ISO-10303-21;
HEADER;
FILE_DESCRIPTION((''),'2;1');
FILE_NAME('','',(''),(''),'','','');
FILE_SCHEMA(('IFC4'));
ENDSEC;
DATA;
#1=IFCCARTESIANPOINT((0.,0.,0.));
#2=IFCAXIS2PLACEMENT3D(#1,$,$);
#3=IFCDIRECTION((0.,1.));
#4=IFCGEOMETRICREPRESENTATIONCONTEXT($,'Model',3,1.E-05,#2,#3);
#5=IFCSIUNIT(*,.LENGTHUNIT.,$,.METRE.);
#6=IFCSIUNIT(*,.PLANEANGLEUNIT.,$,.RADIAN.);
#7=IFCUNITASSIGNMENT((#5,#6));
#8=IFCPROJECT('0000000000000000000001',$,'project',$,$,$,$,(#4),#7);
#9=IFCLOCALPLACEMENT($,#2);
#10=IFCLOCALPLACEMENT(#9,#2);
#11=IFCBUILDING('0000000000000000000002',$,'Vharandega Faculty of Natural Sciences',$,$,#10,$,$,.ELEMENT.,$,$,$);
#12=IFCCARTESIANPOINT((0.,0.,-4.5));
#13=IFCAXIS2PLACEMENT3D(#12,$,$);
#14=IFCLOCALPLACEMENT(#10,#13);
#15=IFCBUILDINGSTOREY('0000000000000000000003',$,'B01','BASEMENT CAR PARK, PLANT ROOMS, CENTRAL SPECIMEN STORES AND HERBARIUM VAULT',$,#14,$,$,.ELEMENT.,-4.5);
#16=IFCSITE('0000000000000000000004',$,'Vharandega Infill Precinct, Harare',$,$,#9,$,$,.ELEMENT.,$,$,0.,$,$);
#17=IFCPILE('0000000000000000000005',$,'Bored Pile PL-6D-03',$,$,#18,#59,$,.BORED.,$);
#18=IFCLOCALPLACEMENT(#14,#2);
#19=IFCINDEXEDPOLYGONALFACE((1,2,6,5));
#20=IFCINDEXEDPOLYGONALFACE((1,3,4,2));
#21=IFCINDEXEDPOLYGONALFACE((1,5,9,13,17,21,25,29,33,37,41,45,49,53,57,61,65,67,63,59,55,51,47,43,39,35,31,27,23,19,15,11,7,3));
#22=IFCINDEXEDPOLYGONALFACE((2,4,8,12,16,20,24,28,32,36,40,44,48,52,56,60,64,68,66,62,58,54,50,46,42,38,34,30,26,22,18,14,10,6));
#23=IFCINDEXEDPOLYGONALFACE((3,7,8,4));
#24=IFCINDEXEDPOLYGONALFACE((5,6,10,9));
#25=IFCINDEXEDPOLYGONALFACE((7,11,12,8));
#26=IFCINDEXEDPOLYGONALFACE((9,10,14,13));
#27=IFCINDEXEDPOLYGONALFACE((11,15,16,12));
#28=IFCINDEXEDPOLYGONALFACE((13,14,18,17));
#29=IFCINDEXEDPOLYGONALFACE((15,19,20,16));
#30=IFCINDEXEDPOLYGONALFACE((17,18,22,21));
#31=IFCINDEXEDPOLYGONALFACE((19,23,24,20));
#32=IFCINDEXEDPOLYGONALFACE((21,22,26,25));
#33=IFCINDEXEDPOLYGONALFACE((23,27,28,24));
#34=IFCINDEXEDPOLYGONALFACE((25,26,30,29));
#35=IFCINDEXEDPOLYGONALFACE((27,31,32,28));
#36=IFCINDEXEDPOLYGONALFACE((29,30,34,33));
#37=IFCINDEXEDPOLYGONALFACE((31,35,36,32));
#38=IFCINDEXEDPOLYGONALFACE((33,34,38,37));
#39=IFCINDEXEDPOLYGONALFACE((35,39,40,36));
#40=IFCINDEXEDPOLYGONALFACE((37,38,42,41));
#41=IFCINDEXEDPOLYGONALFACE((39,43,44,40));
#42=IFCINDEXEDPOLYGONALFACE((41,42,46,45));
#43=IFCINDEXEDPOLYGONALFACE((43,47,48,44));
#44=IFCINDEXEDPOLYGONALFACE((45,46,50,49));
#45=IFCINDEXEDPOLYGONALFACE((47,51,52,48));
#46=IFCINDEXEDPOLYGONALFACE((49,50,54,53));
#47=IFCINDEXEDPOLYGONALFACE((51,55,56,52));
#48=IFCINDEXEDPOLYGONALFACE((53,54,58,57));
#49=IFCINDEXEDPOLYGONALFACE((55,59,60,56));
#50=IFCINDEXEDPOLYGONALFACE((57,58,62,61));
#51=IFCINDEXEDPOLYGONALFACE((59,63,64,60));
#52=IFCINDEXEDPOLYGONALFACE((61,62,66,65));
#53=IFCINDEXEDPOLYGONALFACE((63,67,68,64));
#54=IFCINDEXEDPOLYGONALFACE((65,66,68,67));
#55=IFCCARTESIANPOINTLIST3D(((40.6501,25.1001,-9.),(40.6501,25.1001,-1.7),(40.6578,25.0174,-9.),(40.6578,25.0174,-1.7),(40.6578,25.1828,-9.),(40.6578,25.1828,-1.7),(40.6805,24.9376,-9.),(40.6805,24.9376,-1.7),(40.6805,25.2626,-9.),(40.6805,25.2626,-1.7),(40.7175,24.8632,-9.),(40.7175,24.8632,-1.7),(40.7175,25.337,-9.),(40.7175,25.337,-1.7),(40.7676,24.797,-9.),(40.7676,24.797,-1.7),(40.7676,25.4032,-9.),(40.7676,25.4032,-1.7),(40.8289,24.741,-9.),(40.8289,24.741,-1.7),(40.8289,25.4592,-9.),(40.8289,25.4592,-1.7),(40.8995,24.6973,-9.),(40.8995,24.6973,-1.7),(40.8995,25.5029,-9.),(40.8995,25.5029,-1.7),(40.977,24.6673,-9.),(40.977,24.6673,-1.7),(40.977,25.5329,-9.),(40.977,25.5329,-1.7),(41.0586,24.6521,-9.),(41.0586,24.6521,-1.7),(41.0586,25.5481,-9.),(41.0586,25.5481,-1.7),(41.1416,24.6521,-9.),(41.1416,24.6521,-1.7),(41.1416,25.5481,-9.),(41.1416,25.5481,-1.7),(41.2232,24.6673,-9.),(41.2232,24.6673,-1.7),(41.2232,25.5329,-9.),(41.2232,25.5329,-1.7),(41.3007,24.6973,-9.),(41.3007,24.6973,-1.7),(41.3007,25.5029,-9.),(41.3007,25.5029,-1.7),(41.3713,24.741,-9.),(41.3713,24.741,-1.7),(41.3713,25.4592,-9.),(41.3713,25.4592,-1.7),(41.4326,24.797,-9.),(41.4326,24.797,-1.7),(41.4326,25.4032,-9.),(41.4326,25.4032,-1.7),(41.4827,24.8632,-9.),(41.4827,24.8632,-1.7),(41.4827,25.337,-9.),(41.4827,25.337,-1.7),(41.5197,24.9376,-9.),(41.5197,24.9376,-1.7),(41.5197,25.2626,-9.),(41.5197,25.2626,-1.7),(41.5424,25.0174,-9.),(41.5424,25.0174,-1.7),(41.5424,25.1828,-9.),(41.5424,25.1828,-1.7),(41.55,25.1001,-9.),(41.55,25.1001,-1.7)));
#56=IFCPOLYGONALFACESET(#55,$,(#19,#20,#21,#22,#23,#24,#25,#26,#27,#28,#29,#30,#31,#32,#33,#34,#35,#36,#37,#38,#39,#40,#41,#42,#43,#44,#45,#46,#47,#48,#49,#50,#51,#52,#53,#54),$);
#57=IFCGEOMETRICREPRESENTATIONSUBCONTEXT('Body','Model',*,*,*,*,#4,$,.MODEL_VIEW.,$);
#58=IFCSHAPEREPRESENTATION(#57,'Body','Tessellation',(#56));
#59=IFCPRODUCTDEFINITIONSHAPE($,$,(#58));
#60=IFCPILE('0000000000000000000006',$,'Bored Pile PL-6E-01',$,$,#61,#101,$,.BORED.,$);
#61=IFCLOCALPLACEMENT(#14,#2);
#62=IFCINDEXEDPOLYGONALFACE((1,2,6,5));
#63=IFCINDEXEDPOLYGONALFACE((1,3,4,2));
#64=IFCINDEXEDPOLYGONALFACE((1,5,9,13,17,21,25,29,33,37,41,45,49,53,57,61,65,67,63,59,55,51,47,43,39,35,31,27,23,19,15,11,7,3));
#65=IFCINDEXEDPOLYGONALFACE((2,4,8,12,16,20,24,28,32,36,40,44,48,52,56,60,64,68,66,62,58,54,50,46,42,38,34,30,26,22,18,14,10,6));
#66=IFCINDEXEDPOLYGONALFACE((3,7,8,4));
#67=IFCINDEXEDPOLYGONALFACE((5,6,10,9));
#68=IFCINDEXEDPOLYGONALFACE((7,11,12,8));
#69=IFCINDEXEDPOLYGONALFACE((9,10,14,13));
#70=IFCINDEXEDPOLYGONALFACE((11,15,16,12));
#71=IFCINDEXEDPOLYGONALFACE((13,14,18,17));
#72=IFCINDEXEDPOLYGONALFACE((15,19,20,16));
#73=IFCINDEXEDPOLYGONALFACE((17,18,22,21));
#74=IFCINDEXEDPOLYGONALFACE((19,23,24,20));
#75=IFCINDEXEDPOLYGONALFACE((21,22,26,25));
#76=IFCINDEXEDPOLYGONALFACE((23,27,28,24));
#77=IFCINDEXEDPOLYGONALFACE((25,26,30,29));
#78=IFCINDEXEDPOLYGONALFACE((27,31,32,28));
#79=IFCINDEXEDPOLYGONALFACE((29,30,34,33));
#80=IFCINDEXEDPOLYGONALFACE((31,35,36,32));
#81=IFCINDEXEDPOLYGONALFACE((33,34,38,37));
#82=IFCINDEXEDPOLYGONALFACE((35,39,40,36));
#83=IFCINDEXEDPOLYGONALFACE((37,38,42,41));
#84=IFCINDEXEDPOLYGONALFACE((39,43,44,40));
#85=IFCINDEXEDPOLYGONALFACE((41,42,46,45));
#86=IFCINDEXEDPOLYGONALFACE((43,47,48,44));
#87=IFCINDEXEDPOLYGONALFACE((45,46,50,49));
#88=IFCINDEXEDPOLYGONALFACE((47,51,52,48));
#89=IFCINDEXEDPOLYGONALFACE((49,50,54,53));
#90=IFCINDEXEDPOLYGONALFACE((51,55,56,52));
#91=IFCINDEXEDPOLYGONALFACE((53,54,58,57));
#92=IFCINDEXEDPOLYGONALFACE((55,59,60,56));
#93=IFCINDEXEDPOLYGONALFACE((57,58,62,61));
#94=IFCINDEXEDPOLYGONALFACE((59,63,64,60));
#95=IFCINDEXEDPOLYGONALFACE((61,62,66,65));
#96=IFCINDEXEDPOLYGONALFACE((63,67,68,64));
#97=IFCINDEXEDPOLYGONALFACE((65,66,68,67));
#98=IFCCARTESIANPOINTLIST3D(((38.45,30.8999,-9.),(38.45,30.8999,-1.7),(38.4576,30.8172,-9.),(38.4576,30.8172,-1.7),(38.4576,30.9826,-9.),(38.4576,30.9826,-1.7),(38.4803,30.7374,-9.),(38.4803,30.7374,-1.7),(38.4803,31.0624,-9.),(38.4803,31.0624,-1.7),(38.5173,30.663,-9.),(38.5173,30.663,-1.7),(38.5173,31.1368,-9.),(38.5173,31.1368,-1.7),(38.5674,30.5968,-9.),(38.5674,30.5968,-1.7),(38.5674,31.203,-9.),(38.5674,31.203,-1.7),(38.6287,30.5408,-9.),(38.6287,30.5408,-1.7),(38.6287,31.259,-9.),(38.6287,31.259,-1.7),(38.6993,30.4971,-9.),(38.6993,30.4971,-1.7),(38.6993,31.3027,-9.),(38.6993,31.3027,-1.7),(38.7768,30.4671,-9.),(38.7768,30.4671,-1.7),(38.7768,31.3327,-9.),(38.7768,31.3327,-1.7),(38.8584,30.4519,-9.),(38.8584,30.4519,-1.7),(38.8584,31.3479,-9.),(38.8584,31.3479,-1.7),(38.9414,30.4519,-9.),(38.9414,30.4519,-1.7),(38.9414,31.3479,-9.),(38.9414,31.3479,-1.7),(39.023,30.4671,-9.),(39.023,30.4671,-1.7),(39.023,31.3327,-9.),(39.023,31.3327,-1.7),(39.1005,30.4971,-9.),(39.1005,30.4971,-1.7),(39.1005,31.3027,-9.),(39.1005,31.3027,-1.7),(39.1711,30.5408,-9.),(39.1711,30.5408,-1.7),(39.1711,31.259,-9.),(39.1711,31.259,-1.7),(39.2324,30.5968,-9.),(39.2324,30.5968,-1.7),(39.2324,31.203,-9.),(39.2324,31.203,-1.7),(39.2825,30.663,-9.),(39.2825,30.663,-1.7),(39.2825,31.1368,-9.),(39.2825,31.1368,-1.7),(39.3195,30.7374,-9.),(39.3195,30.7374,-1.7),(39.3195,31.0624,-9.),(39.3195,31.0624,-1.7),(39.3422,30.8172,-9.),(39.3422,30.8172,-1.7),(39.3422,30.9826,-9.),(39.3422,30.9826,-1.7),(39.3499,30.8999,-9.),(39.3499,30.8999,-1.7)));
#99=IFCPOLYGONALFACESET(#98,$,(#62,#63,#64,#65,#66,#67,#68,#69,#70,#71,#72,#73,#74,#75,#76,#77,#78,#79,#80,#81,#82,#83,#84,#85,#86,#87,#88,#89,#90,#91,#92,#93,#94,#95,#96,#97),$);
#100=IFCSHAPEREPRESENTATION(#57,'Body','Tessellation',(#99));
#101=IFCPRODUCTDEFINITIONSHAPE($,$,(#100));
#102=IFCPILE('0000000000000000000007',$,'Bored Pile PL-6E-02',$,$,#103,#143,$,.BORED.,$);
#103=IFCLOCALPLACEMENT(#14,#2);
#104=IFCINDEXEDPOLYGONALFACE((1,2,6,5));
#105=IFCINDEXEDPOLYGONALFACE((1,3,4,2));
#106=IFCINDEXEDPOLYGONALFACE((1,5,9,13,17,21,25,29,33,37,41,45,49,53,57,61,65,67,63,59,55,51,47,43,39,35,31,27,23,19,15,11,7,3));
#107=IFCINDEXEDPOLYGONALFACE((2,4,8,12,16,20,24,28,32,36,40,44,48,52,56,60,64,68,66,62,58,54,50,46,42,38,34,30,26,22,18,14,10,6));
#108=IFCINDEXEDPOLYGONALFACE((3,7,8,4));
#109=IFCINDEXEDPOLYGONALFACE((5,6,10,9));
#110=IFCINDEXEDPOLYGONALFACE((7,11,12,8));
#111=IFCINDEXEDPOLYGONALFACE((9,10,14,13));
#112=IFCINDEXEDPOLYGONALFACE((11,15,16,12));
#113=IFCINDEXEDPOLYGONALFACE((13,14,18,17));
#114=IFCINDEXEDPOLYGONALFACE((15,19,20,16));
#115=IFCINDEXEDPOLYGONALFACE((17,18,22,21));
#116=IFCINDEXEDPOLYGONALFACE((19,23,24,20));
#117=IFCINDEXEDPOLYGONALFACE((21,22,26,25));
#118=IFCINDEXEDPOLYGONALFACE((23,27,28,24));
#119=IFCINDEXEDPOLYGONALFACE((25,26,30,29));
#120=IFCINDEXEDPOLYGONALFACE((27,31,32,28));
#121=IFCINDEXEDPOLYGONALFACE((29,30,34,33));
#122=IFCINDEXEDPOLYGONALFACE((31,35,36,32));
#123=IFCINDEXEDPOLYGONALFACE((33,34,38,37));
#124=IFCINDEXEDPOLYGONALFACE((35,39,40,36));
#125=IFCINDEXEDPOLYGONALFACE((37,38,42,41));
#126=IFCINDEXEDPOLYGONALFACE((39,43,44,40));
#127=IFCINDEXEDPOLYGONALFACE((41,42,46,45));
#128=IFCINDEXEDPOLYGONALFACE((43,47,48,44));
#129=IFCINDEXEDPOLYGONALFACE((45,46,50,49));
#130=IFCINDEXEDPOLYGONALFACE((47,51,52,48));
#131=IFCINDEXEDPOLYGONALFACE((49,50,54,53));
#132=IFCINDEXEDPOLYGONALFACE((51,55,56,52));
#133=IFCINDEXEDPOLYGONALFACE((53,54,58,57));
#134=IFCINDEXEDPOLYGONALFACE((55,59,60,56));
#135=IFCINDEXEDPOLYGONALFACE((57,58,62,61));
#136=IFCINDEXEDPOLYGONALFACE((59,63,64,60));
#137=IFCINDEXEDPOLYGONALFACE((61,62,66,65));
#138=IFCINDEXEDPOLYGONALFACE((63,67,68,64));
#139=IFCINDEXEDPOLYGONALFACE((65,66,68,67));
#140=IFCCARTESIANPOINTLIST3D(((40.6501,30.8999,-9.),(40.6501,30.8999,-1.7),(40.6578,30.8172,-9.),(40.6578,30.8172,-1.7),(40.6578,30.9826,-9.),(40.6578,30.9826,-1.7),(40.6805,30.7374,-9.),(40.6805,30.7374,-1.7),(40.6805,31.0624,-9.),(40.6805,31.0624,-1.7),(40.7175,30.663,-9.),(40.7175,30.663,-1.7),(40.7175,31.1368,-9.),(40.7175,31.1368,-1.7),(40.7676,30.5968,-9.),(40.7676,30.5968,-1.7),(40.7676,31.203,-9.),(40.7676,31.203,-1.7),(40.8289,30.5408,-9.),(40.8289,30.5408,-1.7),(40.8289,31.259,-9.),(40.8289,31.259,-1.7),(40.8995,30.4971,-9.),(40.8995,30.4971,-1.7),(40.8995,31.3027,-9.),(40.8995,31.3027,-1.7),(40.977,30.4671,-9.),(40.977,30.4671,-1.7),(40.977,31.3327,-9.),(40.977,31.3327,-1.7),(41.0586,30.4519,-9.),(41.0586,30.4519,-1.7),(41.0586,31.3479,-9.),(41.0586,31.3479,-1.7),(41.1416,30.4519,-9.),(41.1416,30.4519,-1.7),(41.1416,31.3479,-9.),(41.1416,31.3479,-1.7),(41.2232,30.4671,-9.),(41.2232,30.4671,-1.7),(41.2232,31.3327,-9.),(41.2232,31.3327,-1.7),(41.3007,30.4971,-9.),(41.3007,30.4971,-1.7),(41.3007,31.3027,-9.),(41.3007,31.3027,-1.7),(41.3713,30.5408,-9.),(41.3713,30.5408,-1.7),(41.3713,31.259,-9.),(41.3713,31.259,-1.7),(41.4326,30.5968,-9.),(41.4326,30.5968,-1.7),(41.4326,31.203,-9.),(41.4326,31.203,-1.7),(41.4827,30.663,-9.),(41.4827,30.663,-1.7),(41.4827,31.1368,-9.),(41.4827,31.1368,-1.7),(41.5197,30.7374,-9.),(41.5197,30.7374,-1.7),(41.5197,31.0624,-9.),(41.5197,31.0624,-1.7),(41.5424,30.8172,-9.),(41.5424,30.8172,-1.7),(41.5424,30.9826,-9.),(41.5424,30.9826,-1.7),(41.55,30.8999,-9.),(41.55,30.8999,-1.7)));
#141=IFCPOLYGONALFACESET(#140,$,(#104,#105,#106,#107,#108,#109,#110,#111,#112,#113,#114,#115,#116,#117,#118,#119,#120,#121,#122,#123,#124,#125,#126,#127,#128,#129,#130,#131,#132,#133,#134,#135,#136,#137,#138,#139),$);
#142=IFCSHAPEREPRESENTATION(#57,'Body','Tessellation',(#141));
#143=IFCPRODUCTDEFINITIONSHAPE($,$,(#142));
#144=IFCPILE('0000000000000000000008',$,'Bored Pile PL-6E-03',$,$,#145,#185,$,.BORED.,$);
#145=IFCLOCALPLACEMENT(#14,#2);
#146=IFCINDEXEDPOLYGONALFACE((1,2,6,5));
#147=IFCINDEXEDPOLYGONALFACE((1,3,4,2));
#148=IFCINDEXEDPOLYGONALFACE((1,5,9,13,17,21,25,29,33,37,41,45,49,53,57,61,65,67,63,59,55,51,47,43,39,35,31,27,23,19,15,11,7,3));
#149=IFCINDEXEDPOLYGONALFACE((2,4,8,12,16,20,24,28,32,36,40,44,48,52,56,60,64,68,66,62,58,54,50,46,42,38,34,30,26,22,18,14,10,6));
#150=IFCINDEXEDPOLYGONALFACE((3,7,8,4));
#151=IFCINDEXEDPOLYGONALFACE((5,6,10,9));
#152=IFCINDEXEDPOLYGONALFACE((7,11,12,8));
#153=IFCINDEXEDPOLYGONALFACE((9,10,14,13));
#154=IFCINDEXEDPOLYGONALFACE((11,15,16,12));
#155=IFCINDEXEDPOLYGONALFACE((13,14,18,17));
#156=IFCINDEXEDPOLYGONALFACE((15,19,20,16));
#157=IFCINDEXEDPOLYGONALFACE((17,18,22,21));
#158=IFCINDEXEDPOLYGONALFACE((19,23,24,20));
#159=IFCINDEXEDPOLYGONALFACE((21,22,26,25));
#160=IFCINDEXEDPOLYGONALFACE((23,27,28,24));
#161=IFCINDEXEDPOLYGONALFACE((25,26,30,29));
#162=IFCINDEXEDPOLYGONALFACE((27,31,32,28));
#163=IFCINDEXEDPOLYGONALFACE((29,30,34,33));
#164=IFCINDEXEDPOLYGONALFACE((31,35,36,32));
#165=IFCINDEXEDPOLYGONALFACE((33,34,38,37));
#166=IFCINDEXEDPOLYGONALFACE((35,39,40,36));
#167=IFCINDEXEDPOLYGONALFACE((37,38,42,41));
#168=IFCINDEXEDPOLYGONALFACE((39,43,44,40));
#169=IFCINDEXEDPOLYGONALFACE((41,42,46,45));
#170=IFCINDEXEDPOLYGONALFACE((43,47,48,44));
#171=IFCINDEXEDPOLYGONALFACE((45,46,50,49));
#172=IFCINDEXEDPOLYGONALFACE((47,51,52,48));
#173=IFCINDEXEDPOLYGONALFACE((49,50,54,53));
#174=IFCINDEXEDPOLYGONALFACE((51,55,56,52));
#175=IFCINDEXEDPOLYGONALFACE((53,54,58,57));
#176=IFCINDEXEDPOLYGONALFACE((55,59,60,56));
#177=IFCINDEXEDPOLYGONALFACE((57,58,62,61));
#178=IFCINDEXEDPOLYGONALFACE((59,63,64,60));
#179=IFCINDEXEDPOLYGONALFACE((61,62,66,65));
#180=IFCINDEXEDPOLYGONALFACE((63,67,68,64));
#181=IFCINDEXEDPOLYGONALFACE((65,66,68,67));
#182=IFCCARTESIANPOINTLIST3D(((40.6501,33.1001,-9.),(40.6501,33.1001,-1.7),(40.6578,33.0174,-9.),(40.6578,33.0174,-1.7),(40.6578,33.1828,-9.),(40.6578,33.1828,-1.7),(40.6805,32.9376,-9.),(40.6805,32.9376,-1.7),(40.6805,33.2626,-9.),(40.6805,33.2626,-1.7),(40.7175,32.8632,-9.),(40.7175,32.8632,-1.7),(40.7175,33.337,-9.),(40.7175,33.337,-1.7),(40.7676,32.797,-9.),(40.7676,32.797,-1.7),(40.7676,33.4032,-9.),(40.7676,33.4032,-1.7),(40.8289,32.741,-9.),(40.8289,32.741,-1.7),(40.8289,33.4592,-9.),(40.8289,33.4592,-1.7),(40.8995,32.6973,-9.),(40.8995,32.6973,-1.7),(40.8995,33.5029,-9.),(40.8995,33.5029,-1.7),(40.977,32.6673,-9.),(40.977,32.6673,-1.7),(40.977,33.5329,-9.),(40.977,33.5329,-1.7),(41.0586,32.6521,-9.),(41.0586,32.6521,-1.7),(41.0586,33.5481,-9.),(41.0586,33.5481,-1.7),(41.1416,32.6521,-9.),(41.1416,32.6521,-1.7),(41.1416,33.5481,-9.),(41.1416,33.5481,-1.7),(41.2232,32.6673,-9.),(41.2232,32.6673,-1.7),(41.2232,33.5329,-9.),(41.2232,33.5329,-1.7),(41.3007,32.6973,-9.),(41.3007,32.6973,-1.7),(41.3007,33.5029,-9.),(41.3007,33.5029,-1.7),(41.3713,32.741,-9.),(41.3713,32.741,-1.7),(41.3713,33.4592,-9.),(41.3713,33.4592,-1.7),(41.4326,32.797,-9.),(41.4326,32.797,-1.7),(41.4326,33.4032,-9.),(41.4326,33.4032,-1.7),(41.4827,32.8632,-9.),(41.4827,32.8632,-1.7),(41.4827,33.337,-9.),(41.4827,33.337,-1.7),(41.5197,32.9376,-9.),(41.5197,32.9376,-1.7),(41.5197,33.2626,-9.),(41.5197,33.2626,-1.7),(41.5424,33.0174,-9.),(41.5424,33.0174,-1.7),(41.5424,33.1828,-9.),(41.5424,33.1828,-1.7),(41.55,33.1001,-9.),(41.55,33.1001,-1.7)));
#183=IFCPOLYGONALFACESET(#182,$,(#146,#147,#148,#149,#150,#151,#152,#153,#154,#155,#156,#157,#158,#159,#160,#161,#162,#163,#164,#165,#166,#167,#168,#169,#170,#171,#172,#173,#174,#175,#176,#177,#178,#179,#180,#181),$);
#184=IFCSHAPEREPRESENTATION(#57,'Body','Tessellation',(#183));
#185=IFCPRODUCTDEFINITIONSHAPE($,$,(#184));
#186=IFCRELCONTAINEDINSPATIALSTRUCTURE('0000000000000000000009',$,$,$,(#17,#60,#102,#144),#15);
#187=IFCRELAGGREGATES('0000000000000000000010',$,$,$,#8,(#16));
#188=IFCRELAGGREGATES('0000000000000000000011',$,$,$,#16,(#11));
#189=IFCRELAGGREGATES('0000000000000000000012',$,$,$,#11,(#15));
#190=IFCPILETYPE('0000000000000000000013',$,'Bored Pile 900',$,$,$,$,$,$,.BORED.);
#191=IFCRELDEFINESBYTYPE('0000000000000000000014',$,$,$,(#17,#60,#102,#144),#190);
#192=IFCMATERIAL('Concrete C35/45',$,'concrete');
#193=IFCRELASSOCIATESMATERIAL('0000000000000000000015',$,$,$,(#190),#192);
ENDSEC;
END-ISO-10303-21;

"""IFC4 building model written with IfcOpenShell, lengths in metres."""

from ifc_helpers import new_model, si_unit, direction, frame, origin, origin_2d, place, context, subcontext, project, spatial, circle, extrude, material, material_profile, profile_set, type_object, element, save


model = new_model("IFC4")

# Units and contexts
model_context = context("Model", 3, precision=1e-05, world=origin(), true_north=direction((0.0, 1.0)))
body_context = subcontext(model_context, "Body", "Model", "MODEL_VIEW")
ifc_project = project(units=[si_unit("LENGTHUNIT", "METRE"), si_unit("PLANEANGLEUNIT", "RADIAN")], contexts=[model_context])

# Site, building, storey
site_placement = place(None, origin())
site = spatial("IfcSite", under=ifc_project, at=site_placement, Name="Vharandega Infill Precinct, Harare", CompositionType="ELEMENT", RefElevation=0.0)
building_placement = place(site_placement, origin())
building = spatial("IfcBuilding", under=site, at=building_placement, Name="Vharandega Faculty of Natural Sciences", CompositionType="ELEMENT")
storey_placement = place(building_placement, frame((0.0, 0.0, -4.5)))
storey = spatial("IfcBuildingStorey", under=building, at=storey_placement, Name="B01", Description="BASEMENT CAR PARK, PLANT ROOMS, CENTRAL SPECIMEN STORES AND HERBARIUM VAULT", CompositionType="ELEMENT", Elevation=-4.5)

# Piles
ifc_material_1 = material(Name="Concrete C35/45", Category="concrete")
ifc_material_profile_1 = material_profile(ifc_material_1, circle(Radius=0.45, at=origin_2d()), Name="PILE 900")
ifc_profile_set_1 = profile_set([ifc_material_profile_1], Name="Concrete C35/45")
pile_type = type_object("IfcPileType", Name="Bored Pile 900", PredefinedType="BORED", material=ifc_profile_set_1)
for number, where, z_axis, x_axis, name in (
    (1, (41.1001, 25.1001, -1.7), (0.0, 0.0, -1.0), (1.0, 0.0, 0.0), "Bored Pile PL-6D-03"),
    (2, (38.8999, 30.8999, -1.7), (0.0, 0.0, -1.0), (1.0, 0.0, 0.0), "Bored Pile PL-6E-01"),
    (3, (41.1001, 30.8999, -1.7), (0.0, 0.0, -1.0), (1.0, 0.0, 0.0), "Bored Pile PL-6E-02"),
    (4, (41.1001, 33.1001, -1.7), (0.0, 0.0, -1.0), (1.0, 0.0, 0.0), "Bored Pile PL-6E-03"),
):
    element("IfcPile", number, at=place(storey_placement, frame(where, z_axis=z_axis, x_axis=x_axis)), inside=storey, type_object=pile_type, Name=name, PredefinedType="BORED", context=body_context, shape_type="SweptSolid", body=[
        extrude(circle(Radius=0.45, at=origin_2d()), origin(), (0.0, 0.0, 1.0), 7.3),
    ])

save(model, "model.ifc")
